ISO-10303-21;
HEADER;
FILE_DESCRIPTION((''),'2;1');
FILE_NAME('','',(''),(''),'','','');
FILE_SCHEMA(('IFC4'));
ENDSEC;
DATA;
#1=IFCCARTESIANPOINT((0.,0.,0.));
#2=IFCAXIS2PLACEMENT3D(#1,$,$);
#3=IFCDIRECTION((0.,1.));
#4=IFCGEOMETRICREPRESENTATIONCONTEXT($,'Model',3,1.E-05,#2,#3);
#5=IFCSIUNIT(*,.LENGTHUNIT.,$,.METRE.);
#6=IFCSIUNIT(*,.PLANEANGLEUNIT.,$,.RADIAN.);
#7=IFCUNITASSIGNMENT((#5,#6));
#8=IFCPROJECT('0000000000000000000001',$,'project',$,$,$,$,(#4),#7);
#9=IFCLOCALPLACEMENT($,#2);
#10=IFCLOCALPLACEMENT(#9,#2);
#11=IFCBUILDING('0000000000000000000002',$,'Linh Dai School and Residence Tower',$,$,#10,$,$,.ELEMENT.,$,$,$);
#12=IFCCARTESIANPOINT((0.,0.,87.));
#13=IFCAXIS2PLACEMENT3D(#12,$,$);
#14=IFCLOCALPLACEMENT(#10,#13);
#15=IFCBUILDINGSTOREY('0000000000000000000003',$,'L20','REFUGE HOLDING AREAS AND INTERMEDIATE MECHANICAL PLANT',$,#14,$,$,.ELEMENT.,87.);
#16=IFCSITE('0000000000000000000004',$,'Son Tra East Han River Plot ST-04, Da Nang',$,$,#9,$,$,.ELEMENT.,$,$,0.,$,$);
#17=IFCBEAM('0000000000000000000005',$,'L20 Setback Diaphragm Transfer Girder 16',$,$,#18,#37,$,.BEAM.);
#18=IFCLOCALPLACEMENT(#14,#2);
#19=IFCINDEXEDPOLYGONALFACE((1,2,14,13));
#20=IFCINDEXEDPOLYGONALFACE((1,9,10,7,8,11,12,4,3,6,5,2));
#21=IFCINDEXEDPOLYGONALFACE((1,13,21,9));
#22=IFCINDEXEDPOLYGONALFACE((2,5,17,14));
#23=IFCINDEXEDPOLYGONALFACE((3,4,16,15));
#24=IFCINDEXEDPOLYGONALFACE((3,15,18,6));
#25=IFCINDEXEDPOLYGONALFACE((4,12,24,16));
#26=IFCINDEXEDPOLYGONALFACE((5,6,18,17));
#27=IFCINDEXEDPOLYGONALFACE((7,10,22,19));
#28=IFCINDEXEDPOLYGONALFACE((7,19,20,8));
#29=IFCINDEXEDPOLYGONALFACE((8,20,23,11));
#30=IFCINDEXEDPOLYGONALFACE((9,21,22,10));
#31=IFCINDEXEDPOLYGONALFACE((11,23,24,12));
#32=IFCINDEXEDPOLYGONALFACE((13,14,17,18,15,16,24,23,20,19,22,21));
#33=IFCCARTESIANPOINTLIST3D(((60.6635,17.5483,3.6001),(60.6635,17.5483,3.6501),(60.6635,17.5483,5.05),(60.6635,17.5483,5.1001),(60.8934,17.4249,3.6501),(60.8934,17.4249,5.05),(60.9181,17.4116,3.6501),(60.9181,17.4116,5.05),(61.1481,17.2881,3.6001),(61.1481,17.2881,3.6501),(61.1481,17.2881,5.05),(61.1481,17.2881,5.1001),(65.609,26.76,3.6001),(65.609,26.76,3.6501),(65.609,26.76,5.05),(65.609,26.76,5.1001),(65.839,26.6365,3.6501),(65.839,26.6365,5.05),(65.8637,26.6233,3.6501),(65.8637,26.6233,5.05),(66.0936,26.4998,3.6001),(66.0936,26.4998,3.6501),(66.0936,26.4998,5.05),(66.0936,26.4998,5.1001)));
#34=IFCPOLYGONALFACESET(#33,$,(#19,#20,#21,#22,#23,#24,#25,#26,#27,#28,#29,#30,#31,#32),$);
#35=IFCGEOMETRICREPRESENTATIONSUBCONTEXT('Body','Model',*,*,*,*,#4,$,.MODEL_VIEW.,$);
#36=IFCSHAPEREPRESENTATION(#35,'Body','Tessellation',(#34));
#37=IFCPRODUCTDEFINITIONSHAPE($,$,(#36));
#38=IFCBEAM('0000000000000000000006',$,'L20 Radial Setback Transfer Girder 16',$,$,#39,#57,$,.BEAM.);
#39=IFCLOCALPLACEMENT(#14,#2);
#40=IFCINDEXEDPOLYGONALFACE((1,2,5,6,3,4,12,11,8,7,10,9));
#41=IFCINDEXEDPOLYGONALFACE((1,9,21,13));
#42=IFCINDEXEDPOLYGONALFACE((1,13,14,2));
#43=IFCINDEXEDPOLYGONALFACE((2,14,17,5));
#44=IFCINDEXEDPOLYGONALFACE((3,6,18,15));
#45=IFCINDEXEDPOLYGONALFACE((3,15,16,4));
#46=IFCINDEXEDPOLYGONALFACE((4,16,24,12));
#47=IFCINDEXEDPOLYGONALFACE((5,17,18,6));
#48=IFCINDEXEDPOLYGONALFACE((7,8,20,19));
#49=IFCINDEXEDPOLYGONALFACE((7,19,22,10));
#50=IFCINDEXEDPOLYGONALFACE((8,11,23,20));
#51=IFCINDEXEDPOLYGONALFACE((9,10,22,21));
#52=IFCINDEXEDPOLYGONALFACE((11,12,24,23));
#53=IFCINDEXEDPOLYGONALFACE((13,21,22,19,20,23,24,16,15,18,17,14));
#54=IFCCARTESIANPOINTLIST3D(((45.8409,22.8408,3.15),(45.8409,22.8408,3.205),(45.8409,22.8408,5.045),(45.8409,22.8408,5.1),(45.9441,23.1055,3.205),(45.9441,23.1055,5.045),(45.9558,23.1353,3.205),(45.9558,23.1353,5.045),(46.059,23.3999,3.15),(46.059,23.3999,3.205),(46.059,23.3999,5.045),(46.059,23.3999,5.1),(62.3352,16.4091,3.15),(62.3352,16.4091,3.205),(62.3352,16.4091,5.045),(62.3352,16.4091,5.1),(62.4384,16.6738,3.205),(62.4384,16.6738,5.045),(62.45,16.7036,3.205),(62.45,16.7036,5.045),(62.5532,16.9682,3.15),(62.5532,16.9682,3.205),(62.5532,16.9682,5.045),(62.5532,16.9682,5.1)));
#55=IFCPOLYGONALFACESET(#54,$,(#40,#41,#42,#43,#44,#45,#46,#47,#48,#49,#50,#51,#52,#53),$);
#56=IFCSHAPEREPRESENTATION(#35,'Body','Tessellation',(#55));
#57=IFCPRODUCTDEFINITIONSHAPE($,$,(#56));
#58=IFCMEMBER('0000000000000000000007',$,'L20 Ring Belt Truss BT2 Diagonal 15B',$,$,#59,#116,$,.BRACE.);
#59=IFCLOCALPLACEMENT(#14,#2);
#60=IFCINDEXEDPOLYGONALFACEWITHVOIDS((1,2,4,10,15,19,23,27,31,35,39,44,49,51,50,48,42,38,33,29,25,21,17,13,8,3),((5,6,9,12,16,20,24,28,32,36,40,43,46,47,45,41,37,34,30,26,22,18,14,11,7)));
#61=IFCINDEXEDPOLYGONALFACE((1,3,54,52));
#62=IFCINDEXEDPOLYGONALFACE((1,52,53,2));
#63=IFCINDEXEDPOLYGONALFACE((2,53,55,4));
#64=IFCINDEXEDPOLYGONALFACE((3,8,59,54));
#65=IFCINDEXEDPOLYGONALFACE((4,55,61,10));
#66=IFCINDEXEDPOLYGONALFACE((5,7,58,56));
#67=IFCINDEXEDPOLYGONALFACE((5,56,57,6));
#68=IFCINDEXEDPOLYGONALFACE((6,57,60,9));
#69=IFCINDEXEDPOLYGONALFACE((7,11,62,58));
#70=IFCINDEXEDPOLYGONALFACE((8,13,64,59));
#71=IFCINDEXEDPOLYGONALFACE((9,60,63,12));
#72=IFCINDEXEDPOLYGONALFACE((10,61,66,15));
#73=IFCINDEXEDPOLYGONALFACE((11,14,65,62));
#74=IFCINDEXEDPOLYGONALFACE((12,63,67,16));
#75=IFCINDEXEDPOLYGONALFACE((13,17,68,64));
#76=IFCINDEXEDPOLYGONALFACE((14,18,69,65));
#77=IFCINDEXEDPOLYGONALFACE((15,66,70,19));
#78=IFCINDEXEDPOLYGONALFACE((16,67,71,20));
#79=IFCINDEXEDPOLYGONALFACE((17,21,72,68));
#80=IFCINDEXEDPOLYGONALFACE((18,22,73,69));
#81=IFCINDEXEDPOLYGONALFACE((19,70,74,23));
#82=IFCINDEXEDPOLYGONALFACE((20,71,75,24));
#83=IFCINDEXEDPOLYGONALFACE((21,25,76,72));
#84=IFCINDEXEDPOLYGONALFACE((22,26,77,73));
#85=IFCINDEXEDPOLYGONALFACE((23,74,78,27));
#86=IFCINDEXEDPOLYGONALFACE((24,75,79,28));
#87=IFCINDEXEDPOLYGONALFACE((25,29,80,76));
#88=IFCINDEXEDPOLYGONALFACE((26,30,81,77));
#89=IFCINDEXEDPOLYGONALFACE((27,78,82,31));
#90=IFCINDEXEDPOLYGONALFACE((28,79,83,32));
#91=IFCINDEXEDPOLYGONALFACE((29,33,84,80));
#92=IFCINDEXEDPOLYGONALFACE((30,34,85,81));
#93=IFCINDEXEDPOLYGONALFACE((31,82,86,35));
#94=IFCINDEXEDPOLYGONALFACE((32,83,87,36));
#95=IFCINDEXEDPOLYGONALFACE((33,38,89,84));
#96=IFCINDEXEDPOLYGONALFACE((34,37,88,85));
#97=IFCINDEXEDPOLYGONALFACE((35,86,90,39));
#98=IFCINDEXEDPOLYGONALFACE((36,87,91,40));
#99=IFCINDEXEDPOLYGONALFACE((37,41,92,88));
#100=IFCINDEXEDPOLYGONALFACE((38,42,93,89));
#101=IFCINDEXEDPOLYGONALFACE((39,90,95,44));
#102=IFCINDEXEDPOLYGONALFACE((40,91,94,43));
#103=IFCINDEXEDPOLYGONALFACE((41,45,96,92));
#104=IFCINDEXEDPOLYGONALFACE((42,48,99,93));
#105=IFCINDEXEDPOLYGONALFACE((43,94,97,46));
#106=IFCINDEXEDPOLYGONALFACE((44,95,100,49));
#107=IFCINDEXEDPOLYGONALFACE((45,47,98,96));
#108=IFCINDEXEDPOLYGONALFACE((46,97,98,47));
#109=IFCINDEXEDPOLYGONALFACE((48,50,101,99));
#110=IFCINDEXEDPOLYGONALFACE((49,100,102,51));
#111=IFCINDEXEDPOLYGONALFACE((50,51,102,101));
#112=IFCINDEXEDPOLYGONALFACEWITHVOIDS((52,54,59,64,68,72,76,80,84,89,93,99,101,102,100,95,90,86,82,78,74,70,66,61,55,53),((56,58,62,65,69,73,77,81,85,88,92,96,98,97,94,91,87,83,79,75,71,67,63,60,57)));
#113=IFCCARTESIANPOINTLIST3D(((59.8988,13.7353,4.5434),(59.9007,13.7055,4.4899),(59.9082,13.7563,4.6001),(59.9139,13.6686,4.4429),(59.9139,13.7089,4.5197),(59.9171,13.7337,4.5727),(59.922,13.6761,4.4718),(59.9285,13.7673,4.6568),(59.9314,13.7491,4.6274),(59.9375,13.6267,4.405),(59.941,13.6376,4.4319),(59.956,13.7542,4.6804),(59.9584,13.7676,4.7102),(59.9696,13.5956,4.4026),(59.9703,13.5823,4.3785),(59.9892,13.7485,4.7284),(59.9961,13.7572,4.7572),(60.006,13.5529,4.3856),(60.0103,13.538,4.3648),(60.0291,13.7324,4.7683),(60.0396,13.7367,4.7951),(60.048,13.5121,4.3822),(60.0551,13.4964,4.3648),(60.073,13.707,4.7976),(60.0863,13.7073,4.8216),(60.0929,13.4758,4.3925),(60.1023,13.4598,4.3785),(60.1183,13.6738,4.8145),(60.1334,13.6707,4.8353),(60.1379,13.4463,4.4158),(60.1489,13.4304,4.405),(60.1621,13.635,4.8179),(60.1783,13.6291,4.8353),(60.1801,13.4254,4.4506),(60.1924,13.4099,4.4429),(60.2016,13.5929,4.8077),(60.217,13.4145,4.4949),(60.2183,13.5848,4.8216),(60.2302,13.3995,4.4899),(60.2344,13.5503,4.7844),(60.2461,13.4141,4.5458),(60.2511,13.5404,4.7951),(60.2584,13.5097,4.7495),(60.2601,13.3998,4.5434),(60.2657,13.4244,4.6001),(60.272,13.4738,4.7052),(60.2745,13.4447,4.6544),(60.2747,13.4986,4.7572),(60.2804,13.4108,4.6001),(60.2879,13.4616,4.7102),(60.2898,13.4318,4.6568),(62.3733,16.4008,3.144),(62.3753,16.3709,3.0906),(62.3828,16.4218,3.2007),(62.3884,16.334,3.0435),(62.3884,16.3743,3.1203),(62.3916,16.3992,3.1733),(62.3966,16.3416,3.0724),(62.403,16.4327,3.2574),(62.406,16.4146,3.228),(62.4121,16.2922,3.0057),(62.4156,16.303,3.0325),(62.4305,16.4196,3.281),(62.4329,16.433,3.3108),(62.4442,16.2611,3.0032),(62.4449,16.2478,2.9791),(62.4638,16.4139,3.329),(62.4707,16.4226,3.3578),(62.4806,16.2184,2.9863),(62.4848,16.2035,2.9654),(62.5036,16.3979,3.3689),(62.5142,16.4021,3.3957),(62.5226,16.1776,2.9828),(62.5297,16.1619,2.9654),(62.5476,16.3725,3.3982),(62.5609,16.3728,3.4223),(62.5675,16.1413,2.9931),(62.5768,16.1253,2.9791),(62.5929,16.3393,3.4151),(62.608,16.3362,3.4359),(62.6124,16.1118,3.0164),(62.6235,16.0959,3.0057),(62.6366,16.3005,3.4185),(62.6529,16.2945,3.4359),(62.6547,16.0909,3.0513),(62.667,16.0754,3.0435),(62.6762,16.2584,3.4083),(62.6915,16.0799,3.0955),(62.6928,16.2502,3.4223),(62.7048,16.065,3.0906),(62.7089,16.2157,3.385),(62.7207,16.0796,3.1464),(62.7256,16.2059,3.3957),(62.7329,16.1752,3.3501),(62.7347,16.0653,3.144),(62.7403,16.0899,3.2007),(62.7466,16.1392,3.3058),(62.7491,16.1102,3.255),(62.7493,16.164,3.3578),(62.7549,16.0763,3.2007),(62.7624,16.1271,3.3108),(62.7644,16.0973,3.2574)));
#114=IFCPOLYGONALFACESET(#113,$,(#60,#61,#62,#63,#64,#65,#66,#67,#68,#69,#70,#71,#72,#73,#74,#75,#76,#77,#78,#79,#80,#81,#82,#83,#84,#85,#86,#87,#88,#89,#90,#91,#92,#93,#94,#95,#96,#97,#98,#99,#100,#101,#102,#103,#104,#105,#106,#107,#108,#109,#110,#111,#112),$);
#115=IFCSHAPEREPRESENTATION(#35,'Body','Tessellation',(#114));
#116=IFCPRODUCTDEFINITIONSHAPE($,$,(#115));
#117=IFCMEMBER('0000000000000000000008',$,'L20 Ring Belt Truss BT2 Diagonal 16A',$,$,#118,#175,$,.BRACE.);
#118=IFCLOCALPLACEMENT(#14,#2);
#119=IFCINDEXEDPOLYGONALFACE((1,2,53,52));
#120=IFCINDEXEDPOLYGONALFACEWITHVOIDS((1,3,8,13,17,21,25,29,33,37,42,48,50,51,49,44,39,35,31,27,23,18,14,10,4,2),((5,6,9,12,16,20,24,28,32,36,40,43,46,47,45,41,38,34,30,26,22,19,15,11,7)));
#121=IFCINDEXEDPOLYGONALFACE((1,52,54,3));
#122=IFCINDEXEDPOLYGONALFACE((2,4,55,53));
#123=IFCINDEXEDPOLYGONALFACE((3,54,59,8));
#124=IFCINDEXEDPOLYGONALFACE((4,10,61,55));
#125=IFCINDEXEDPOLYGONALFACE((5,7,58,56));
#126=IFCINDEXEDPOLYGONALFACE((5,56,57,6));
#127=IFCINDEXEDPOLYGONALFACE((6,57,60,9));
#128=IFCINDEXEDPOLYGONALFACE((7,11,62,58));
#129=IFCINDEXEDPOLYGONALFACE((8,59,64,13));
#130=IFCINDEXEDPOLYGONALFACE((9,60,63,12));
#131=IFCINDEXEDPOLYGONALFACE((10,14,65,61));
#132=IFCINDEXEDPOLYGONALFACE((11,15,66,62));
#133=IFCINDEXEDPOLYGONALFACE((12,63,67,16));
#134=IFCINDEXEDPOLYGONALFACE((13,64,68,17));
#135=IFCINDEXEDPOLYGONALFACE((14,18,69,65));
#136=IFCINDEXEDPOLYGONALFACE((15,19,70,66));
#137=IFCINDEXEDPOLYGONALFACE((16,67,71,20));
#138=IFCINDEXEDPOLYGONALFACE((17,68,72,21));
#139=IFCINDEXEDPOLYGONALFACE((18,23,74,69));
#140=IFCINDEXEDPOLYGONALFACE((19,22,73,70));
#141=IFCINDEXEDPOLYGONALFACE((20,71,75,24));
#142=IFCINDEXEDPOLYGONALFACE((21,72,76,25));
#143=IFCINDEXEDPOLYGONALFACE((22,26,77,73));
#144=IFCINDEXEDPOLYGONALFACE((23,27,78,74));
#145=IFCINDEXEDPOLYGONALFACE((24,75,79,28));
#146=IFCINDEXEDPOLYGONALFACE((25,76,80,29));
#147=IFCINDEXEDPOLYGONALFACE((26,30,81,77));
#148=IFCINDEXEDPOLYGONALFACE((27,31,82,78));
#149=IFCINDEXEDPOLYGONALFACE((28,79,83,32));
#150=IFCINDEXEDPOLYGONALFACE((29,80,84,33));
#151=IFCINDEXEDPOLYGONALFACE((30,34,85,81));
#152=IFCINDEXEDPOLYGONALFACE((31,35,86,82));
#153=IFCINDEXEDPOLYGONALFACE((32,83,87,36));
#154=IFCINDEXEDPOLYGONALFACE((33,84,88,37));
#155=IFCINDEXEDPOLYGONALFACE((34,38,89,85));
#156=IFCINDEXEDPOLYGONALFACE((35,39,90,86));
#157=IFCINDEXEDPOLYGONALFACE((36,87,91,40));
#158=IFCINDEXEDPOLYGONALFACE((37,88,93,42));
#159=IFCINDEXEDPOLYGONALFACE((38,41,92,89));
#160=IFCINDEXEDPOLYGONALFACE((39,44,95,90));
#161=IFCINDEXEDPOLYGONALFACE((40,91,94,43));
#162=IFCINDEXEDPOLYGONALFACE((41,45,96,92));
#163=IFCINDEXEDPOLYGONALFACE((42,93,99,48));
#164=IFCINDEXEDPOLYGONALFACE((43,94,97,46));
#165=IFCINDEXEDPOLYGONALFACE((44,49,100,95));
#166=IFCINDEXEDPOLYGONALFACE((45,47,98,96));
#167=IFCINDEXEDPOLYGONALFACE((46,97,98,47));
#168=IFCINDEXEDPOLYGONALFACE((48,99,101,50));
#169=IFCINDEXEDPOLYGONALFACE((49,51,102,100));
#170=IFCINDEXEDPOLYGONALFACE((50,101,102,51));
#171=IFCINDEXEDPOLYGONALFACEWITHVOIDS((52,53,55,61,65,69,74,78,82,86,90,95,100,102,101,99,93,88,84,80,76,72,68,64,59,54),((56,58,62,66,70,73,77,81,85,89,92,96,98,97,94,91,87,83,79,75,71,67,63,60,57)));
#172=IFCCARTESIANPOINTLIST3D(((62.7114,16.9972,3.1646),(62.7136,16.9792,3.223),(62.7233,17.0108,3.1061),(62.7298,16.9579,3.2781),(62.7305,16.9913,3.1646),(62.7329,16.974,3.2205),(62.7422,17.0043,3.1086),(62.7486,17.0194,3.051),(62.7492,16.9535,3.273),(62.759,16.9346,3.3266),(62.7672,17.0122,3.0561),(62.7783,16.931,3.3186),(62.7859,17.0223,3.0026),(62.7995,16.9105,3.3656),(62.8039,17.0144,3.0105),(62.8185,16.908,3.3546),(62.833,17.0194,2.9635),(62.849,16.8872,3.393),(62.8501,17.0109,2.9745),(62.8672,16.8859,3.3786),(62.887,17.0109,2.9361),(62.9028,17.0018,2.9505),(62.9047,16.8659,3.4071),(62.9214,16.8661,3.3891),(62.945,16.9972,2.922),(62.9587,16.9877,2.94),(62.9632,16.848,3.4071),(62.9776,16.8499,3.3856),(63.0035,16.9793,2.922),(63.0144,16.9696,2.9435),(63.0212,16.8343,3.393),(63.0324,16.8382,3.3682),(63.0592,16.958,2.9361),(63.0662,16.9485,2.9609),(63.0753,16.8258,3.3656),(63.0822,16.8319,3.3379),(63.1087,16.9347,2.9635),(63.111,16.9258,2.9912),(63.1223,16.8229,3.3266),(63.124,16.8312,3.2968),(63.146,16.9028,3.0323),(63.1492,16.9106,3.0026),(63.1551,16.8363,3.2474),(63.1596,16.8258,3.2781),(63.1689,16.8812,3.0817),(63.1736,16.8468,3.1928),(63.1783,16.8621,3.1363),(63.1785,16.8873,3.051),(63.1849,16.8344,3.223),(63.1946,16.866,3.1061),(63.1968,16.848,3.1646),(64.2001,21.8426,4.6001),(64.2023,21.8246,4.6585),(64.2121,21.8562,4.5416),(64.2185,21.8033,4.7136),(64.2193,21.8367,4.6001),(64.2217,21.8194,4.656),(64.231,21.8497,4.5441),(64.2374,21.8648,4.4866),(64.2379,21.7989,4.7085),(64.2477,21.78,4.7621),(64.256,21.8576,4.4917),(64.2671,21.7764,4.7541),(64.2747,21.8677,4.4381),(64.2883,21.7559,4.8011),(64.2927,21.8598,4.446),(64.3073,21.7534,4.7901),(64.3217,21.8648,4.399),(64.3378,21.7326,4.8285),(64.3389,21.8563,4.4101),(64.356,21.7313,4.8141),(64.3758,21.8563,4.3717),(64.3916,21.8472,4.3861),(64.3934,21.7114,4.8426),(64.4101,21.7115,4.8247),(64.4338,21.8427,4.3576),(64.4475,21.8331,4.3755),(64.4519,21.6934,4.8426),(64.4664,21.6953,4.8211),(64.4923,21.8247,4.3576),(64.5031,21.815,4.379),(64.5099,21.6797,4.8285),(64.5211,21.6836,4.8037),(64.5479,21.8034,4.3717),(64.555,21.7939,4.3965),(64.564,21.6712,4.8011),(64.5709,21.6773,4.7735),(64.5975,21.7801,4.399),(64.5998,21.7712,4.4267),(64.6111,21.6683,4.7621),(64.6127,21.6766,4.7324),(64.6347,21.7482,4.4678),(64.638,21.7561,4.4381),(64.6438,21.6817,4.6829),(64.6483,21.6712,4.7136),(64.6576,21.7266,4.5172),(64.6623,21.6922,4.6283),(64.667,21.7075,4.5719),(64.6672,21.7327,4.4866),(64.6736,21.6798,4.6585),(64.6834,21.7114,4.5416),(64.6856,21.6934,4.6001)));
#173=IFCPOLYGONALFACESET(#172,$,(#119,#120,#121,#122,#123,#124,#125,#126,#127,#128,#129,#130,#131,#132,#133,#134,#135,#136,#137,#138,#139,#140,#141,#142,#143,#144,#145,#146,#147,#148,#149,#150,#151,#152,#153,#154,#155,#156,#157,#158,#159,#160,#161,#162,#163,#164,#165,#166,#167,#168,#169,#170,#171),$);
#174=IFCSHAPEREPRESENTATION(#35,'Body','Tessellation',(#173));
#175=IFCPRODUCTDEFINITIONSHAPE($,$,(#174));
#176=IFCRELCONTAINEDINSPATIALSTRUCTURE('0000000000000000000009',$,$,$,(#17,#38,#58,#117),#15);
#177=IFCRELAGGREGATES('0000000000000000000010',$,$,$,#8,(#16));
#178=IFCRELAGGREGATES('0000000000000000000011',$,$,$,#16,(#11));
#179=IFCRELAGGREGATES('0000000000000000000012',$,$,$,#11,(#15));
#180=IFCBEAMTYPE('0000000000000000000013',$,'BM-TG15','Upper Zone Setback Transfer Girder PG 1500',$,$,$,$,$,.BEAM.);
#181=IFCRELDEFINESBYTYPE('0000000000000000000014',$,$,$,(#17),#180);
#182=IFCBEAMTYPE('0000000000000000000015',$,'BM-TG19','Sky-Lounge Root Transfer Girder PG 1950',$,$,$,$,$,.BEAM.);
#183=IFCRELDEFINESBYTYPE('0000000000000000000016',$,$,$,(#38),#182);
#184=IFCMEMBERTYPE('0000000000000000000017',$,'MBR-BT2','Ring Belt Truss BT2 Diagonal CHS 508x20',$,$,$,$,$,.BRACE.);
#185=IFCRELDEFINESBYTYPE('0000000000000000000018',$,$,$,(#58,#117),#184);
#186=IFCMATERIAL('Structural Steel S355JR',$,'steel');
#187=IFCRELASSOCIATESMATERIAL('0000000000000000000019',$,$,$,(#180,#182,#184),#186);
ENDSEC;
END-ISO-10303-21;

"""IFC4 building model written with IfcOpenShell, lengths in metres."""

from ifc_helpers import new_model, si_unit, direction, frame, origin, origin_2d, place, context, subcontext, project, spatial, hollow_circle, i_section, extrude, material, material_profile, profile_set, type_object, element, save


model = new_model("IFC4")

# Units and contexts
model_context = context("Model", 3, precision=1e-05, world=origin(), true_north=direction((0.0, 1.0)))
body_context = subcontext(model_context, "Body", "Model", "MODEL_VIEW")
ifc_project = project(units=[si_unit("LENGTHUNIT", "METRE"), si_unit("PLANEANGLEUNIT", "RADIAN")], contexts=[model_context])

# Site, building, storey
site_placement = place(None, origin())
site = spatial("IfcSite", under=ifc_project, at=site_placement, Name="Son Tra East Han River Plot ST-04, Da Nang", CompositionType="ELEMENT", RefElevation=0.0)
building_placement = place(site_placement, origin())
building = spatial("IfcBuilding", under=site, at=building_placement, Name="Linh Dai School and Residence Tower", CompositionType="ELEMENT")
storey_placement = place(building_placement, frame((0.0, 0.0, 87.0)))
storey = spatial("IfcBuildingStorey", under=building, at=storey_placement, Name="L20", Description="REFUGE HOLDING AREAS AND INTERMEDIATE MECHANICAL PLANT", CompositionType="ELEMENT", Elevation=87.0)

# Shared definitions
ifc_material_1 = material(Name="Structural Steel S355JR", Category="steel")

# Beams
ifc_material_profile_1 = material_profile(ifc_material_1, i_section(OverallWidth=0.55, OverallDepth=1.5, WebThickness=0.0281, FlangeThickness=0.05, at=origin_2d()), Name="PG 1500x550x28x50")
ifc_profile_set_1 = profile_set([ifc_material_profile_1], Name="Structural Steel S355JR")
beam_type_1 = type_object("IfcBeamType", Name="BM-TG15", Description="Upper Zone Setback Transfer Girder PG 1500", PredefinedType="BEAM", material=ifc_profile_set_1)
beam_1_placement = place(storey_placement, frame((60.9058, 17.4182, 4.3501), z_axis=(0.473019, 0.881052, 0.0), x_axis=(-0.881052, 0.473019, 0.0)))
element("IfcBeam", 1, at=beam_1_placement, inside=storey, type_object=beam_type_1, Name="L20 Setback Diaphragm Transfer Girder 16", PredefinedType="BEAM", context=body_context, shape_type="SweptSolid", body=[
    extrude(i_section(OverallWidth=0.55, OverallDepth=1.5, WebThickness=0.0281, FlangeThickness=0.05, at=origin_2d()), origin(), (0.0, 0.0, 1.0), 10.4553),
])
ifc_material_profile_2 = material_profile(ifc_material_1, i_section(OverallWidth=0.6001, OverallDepth=1.95, WebThickness=0.032, FlangeThickness=0.0549, at=origin_2d()), Name="PG 1950x600x32x55")
ifc_profile_set_2 = profile_set([ifc_material_profile_2], Name="Structural Steel S355JR")
beam_type_2 = type_object("IfcBeamType", Name="BM-TG19", Description="Sky-Lounge Root Transfer Girder PG 1950", PredefinedType="BEAM", material=ifc_profile_set_2)
beam_2_placement = place(storey_placement, frame((45.95, 23.1204, 4.125), z_axis=(0.931675, -0.363293, 0.0), x_axis=(0.363293, 0.931675, 0.0)))
element("IfcBeam", 2, at=beam_2_placement, inside=storey, type_object=beam_type_2, Name="L20 Radial Setback Transfer Girder 16", PredefinedType="BEAM", context=body_context, shape_type="SweptSolid", body=[
    extrude(i_section(OverallWidth=0.6001, OverallDepth=1.95, WebThickness=0.032, FlangeThickness=0.0549, at=origin_2d()), origin(), (0.0, 0.0, 1.0), 17.7039),
])

# Members
ifc_material_profile_3 = material_profile(ifc_material_1, hollow_circle(Radius=0.2539, WallThickness=0.02, at=origin_2d()), Name="CHS 508x20")
ifc_profile_set_3 = profile_set([ifc_material_profile_3], Name="Structural Steel S355JR")
member_type_1 = type_object("IfcMemberType", Name="MBR-BT2", Description="Ring Belt Truss BT2 Diagonal CHS 508x20", PredefinedType="BRACE", material=ifc_profile_set_3)
member_1_placement = place(storey_placement, frame((62.5688, 16.249, 3.2007), z_axis=(-0.634994, -0.683984, 0.359095), x_axis=(0.732865, -0.680374, 0.0)))
element("IfcMember", 3, at=member_1_placement, inside=storey, type_object=member_type_1, Name="L20 Ring Belt Truss BT2 Diagonal 15B", PredefinedType="BRACE", context=body_context, shape_type="SweptSolid", body=[
    extrude(hollow_circle(Radius=0.2539, WallThickness=0.02, at=origin_2d()), origin(), (0.0, 0.0, 1.0), 3.897),
])
member_2_placement = place(storey_placement, frame((62.9541, 16.9226, 3.1646), z_axis=(0.282586, 0.919727, 0.272484), x_axis=(-0.955898, 0.2937, 0.0)))
element("IfcMember", 4, at=member_2_placement, inside=storey, type_object=member_type_1, Name="L20 Ring Belt Truss BT2 Diagonal 16A", PredefinedType="BRACE", context=body_context, shape_type="SweptSolid", body=[
    extrude(hollow_circle(Radius=0.2539, WallThickness=0.02, at=origin_2d()), origin(), (0.0, 0.0, 1.0), 5.2683),
])

save(model, "model.ifc")
